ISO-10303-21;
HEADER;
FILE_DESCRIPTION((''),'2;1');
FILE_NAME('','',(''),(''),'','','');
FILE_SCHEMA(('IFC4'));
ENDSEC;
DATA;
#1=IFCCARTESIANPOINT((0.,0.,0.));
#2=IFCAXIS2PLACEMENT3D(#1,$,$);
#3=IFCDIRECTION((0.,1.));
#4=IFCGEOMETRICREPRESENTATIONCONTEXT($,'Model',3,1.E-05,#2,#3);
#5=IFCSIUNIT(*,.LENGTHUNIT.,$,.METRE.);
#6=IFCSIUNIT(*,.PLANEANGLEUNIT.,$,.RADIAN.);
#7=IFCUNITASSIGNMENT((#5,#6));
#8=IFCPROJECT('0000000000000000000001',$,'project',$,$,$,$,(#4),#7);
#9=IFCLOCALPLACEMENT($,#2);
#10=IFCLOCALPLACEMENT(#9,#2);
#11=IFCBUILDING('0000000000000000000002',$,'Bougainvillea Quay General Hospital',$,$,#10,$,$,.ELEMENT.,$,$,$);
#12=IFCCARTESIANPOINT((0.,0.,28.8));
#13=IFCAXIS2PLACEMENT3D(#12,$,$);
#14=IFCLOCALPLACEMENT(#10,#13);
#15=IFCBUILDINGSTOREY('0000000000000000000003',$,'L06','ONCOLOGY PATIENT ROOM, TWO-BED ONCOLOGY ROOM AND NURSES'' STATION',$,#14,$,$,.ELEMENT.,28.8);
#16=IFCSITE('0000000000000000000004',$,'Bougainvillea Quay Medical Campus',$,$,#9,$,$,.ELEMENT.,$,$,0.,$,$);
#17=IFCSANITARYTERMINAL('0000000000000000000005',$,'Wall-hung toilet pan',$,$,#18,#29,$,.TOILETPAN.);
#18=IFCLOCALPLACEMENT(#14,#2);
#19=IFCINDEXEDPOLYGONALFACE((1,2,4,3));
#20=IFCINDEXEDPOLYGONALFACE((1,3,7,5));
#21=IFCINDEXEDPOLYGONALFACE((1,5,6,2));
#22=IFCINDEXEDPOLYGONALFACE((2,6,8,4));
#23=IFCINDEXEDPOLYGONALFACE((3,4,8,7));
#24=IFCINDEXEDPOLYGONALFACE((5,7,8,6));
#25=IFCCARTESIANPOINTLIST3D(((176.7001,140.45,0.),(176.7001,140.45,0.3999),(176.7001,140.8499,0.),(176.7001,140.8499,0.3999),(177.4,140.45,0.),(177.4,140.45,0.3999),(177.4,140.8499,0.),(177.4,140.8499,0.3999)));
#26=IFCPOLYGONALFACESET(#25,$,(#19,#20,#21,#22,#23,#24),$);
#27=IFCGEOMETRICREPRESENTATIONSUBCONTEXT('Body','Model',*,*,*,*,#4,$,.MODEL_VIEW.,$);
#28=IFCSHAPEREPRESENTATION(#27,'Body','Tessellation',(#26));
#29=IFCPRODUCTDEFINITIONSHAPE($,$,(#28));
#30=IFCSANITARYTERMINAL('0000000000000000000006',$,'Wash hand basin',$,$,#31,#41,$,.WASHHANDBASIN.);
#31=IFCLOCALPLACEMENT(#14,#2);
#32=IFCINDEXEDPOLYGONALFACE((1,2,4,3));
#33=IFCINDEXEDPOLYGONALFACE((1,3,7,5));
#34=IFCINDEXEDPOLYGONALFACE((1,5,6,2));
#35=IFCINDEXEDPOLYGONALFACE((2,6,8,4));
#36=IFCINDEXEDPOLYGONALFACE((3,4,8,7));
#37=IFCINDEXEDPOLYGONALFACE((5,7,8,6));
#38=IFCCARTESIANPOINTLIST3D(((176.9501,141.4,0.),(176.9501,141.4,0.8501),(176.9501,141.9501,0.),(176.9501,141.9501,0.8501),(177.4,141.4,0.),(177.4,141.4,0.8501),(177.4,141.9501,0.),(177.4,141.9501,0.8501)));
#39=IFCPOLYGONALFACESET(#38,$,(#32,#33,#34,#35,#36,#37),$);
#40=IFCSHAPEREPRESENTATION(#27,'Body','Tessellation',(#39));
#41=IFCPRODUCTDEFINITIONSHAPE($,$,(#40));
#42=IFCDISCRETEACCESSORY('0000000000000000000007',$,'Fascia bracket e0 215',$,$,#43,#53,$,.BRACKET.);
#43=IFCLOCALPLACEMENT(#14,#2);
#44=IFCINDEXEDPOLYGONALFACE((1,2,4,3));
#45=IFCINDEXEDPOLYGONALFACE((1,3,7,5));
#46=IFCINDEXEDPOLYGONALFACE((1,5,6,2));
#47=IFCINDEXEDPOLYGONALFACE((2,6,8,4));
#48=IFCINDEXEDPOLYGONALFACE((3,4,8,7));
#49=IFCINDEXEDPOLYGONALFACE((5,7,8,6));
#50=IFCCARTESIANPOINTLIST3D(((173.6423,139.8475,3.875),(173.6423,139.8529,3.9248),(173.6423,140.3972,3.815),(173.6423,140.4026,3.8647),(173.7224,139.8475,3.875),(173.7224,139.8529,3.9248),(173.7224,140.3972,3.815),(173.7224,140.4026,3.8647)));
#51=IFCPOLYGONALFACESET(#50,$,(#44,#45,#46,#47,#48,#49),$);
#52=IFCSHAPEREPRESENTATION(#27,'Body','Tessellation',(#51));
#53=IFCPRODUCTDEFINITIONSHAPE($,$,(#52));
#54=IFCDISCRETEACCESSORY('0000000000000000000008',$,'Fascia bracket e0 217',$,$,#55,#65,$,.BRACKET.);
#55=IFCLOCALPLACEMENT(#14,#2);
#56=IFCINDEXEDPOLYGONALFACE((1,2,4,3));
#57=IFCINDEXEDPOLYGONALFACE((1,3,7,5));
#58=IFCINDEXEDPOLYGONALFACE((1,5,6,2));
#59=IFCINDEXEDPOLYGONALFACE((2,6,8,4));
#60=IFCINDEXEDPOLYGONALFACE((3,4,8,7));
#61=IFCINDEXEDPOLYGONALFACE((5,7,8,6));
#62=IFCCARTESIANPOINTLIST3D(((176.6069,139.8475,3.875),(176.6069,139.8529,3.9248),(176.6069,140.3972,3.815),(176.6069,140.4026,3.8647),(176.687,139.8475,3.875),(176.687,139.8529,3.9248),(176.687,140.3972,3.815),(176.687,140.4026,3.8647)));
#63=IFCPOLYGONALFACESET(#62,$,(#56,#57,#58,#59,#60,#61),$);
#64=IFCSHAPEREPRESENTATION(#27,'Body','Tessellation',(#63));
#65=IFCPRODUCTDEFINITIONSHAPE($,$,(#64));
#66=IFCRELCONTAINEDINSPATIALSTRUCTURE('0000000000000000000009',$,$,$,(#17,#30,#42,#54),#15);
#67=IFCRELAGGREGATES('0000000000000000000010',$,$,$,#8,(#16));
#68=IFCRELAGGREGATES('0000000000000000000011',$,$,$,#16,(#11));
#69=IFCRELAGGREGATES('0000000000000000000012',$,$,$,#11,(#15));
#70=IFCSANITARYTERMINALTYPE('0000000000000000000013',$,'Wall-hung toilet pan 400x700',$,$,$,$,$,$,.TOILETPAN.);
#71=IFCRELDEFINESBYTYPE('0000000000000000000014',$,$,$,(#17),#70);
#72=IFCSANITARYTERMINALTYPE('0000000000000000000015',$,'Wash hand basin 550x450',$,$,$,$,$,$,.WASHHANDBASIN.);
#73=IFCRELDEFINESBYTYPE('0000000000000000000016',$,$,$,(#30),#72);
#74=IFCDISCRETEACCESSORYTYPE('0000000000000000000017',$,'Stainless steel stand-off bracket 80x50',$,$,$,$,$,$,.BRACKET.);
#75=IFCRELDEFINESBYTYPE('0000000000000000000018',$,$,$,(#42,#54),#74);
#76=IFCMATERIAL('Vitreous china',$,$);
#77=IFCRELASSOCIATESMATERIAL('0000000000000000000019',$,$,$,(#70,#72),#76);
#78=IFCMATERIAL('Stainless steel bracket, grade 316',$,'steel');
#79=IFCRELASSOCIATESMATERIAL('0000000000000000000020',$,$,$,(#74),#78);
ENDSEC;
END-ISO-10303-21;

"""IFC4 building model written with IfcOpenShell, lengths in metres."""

from ifc_helpers import new_model, si_unit, direction, frame, origin, origin_2d, place, context, subcontext, project, spatial, rectangle, extrude, material, material_profile, profile_set, type_object, element, save


model = new_model("IFC4")

# Units and contexts
model_context = context("Model", 3, precision=1e-05, world=origin(), true_north=direction((0.0, 1.0)))
body_context = subcontext(model_context, "Body", "Model", "MODEL_VIEW")
ifc_project = project(units=[si_unit("LENGTHUNIT", "METRE"), si_unit("PLANEANGLEUNIT", "RADIAN")], contexts=[model_context])

# Site, building, storey
site_placement = place(None, origin())
site = spatial("IfcSite", under=ifc_project, at=site_placement, Name="Bougainvillea Quay Medical Campus", CompositionType="ELEMENT", RefElevation=0.0)
building_placement = place(site_placement, origin())
building = spatial("IfcBuilding", under=site, at=building_placement, Name="Bougainvillea Quay General Hospital", CompositionType="ELEMENT")
storey_placement = place(building_placement, frame((0.0, 0.0, 28.8)))
storey = spatial("IfcBuildingStorey", under=building, at=storey_placement, Name="L06", Description="ONCOLOGY PATIENT ROOM, TWO-BED ONCOLOGY ROOM AND NURSES' STATION", CompositionType="ELEMENT", Elevation=28.8)

# Sanitary terminals
ifc_material_1 = material(Name="Vitreous china")
sanitary_terminal_type_1 = type_object("IfcSanitaryTerminalType", Name="Wall-hung toilet pan 400x700", PredefinedType="TOILETPAN", material=ifc_material_1)
sanitary_terminal_1_placement = place(storey_placement, frame((177.05, 140.6499, 0.0), z_axis=(0.0, 0.0, 1.0), x_axis=(0.0, -1.0, 0.0)))
element("IfcSanitaryTerminal", 1, at=sanitary_terminal_1_placement, inside=storey, type_object=sanitary_terminal_type_1, Name="Wall-hung toilet pan", PredefinedType="TOILETPAN", context=body_context, shape_type="SweptSolid", body=[
    extrude(rectangle(XDim=0.3999, YDim=0.7, at=origin_2d()), origin(), (0.0, 0.0, 1.0), 0.3999),
])
sanitary_terminal_type_2 = type_object("IfcSanitaryTerminalType", Name="Wash hand basin 550x450", PredefinedType="WASHHANDBASIN", material=ifc_material_1)
sanitary_terminal_2_placement = place(storey_placement, frame((177.175, 141.675, 0.0), z_axis=(0.0, 0.0, 1.0), x_axis=(0.0, -1.0, 0.0)))
element("IfcSanitaryTerminal", 2, at=sanitary_terminal_2_placement, inside=storey, type_object=sanitary_terminal_type_2, Name="Wash hand basin", PredefinedType="WASHHANDBASIN", context=body_context, shape_type="SweptSolid", body=[
    extrude(rectangle(XDim=0.55, YDim=0.45, at=origin_2d()), origin(), (0.0, 0.0, 1.0), 0.8501),
])

# Discrete accessories
ifc_material_2 = material(Name="Stainless steel bracket, grade 316", Category="steel")
ifc_material_profile_1 = material_profile(ifc_material_2, rectangle(XDim=0.0801, YDim=0.05, at=origin_2d()))
ifc_profile_set_1 = profile_set([ifc_material_profile_1], Name="Stainless steel bracket, grade 316")
discrete_accessory_type = type_object("IfcDiscreteAccessoryType", Name="Stainless steel stand-off bracket 80x50", PredefinedType="BRACKET", material=ifc_profile_set_1)
for number, where, z_axis, x_axis, name in (
    (3, (173.6824, 140.3999, 3.8398), (0.0, -0.994087, 0.10859), (1.0, 0.0, 0.0), "Fascia bracket e0 215"),
    (4, (176.647, 140.3999, 3.8398), (0.0, -0.994087, 0.10859), (1.0, 0.0, 0.0), "Fascia bracket e0 217"),
):
    element("IfcDiscreteAccessory", number, at=place(storey_placement, frame(where, z_axis=z_axis, x_axis=x_axis)), inside=storey, type_object=discrete_accessory_type, Name=name, PredefinedType="BRACKET", context=body_context, shape_type="SweptSolid", body=[
        extrude(rectangle(XDim=0.0801, YDim=0.05, at=origin_2d()), origin(), (0.0, 0.0, 1.0), 0.553),
    ])

save(model, "model.ifc")
